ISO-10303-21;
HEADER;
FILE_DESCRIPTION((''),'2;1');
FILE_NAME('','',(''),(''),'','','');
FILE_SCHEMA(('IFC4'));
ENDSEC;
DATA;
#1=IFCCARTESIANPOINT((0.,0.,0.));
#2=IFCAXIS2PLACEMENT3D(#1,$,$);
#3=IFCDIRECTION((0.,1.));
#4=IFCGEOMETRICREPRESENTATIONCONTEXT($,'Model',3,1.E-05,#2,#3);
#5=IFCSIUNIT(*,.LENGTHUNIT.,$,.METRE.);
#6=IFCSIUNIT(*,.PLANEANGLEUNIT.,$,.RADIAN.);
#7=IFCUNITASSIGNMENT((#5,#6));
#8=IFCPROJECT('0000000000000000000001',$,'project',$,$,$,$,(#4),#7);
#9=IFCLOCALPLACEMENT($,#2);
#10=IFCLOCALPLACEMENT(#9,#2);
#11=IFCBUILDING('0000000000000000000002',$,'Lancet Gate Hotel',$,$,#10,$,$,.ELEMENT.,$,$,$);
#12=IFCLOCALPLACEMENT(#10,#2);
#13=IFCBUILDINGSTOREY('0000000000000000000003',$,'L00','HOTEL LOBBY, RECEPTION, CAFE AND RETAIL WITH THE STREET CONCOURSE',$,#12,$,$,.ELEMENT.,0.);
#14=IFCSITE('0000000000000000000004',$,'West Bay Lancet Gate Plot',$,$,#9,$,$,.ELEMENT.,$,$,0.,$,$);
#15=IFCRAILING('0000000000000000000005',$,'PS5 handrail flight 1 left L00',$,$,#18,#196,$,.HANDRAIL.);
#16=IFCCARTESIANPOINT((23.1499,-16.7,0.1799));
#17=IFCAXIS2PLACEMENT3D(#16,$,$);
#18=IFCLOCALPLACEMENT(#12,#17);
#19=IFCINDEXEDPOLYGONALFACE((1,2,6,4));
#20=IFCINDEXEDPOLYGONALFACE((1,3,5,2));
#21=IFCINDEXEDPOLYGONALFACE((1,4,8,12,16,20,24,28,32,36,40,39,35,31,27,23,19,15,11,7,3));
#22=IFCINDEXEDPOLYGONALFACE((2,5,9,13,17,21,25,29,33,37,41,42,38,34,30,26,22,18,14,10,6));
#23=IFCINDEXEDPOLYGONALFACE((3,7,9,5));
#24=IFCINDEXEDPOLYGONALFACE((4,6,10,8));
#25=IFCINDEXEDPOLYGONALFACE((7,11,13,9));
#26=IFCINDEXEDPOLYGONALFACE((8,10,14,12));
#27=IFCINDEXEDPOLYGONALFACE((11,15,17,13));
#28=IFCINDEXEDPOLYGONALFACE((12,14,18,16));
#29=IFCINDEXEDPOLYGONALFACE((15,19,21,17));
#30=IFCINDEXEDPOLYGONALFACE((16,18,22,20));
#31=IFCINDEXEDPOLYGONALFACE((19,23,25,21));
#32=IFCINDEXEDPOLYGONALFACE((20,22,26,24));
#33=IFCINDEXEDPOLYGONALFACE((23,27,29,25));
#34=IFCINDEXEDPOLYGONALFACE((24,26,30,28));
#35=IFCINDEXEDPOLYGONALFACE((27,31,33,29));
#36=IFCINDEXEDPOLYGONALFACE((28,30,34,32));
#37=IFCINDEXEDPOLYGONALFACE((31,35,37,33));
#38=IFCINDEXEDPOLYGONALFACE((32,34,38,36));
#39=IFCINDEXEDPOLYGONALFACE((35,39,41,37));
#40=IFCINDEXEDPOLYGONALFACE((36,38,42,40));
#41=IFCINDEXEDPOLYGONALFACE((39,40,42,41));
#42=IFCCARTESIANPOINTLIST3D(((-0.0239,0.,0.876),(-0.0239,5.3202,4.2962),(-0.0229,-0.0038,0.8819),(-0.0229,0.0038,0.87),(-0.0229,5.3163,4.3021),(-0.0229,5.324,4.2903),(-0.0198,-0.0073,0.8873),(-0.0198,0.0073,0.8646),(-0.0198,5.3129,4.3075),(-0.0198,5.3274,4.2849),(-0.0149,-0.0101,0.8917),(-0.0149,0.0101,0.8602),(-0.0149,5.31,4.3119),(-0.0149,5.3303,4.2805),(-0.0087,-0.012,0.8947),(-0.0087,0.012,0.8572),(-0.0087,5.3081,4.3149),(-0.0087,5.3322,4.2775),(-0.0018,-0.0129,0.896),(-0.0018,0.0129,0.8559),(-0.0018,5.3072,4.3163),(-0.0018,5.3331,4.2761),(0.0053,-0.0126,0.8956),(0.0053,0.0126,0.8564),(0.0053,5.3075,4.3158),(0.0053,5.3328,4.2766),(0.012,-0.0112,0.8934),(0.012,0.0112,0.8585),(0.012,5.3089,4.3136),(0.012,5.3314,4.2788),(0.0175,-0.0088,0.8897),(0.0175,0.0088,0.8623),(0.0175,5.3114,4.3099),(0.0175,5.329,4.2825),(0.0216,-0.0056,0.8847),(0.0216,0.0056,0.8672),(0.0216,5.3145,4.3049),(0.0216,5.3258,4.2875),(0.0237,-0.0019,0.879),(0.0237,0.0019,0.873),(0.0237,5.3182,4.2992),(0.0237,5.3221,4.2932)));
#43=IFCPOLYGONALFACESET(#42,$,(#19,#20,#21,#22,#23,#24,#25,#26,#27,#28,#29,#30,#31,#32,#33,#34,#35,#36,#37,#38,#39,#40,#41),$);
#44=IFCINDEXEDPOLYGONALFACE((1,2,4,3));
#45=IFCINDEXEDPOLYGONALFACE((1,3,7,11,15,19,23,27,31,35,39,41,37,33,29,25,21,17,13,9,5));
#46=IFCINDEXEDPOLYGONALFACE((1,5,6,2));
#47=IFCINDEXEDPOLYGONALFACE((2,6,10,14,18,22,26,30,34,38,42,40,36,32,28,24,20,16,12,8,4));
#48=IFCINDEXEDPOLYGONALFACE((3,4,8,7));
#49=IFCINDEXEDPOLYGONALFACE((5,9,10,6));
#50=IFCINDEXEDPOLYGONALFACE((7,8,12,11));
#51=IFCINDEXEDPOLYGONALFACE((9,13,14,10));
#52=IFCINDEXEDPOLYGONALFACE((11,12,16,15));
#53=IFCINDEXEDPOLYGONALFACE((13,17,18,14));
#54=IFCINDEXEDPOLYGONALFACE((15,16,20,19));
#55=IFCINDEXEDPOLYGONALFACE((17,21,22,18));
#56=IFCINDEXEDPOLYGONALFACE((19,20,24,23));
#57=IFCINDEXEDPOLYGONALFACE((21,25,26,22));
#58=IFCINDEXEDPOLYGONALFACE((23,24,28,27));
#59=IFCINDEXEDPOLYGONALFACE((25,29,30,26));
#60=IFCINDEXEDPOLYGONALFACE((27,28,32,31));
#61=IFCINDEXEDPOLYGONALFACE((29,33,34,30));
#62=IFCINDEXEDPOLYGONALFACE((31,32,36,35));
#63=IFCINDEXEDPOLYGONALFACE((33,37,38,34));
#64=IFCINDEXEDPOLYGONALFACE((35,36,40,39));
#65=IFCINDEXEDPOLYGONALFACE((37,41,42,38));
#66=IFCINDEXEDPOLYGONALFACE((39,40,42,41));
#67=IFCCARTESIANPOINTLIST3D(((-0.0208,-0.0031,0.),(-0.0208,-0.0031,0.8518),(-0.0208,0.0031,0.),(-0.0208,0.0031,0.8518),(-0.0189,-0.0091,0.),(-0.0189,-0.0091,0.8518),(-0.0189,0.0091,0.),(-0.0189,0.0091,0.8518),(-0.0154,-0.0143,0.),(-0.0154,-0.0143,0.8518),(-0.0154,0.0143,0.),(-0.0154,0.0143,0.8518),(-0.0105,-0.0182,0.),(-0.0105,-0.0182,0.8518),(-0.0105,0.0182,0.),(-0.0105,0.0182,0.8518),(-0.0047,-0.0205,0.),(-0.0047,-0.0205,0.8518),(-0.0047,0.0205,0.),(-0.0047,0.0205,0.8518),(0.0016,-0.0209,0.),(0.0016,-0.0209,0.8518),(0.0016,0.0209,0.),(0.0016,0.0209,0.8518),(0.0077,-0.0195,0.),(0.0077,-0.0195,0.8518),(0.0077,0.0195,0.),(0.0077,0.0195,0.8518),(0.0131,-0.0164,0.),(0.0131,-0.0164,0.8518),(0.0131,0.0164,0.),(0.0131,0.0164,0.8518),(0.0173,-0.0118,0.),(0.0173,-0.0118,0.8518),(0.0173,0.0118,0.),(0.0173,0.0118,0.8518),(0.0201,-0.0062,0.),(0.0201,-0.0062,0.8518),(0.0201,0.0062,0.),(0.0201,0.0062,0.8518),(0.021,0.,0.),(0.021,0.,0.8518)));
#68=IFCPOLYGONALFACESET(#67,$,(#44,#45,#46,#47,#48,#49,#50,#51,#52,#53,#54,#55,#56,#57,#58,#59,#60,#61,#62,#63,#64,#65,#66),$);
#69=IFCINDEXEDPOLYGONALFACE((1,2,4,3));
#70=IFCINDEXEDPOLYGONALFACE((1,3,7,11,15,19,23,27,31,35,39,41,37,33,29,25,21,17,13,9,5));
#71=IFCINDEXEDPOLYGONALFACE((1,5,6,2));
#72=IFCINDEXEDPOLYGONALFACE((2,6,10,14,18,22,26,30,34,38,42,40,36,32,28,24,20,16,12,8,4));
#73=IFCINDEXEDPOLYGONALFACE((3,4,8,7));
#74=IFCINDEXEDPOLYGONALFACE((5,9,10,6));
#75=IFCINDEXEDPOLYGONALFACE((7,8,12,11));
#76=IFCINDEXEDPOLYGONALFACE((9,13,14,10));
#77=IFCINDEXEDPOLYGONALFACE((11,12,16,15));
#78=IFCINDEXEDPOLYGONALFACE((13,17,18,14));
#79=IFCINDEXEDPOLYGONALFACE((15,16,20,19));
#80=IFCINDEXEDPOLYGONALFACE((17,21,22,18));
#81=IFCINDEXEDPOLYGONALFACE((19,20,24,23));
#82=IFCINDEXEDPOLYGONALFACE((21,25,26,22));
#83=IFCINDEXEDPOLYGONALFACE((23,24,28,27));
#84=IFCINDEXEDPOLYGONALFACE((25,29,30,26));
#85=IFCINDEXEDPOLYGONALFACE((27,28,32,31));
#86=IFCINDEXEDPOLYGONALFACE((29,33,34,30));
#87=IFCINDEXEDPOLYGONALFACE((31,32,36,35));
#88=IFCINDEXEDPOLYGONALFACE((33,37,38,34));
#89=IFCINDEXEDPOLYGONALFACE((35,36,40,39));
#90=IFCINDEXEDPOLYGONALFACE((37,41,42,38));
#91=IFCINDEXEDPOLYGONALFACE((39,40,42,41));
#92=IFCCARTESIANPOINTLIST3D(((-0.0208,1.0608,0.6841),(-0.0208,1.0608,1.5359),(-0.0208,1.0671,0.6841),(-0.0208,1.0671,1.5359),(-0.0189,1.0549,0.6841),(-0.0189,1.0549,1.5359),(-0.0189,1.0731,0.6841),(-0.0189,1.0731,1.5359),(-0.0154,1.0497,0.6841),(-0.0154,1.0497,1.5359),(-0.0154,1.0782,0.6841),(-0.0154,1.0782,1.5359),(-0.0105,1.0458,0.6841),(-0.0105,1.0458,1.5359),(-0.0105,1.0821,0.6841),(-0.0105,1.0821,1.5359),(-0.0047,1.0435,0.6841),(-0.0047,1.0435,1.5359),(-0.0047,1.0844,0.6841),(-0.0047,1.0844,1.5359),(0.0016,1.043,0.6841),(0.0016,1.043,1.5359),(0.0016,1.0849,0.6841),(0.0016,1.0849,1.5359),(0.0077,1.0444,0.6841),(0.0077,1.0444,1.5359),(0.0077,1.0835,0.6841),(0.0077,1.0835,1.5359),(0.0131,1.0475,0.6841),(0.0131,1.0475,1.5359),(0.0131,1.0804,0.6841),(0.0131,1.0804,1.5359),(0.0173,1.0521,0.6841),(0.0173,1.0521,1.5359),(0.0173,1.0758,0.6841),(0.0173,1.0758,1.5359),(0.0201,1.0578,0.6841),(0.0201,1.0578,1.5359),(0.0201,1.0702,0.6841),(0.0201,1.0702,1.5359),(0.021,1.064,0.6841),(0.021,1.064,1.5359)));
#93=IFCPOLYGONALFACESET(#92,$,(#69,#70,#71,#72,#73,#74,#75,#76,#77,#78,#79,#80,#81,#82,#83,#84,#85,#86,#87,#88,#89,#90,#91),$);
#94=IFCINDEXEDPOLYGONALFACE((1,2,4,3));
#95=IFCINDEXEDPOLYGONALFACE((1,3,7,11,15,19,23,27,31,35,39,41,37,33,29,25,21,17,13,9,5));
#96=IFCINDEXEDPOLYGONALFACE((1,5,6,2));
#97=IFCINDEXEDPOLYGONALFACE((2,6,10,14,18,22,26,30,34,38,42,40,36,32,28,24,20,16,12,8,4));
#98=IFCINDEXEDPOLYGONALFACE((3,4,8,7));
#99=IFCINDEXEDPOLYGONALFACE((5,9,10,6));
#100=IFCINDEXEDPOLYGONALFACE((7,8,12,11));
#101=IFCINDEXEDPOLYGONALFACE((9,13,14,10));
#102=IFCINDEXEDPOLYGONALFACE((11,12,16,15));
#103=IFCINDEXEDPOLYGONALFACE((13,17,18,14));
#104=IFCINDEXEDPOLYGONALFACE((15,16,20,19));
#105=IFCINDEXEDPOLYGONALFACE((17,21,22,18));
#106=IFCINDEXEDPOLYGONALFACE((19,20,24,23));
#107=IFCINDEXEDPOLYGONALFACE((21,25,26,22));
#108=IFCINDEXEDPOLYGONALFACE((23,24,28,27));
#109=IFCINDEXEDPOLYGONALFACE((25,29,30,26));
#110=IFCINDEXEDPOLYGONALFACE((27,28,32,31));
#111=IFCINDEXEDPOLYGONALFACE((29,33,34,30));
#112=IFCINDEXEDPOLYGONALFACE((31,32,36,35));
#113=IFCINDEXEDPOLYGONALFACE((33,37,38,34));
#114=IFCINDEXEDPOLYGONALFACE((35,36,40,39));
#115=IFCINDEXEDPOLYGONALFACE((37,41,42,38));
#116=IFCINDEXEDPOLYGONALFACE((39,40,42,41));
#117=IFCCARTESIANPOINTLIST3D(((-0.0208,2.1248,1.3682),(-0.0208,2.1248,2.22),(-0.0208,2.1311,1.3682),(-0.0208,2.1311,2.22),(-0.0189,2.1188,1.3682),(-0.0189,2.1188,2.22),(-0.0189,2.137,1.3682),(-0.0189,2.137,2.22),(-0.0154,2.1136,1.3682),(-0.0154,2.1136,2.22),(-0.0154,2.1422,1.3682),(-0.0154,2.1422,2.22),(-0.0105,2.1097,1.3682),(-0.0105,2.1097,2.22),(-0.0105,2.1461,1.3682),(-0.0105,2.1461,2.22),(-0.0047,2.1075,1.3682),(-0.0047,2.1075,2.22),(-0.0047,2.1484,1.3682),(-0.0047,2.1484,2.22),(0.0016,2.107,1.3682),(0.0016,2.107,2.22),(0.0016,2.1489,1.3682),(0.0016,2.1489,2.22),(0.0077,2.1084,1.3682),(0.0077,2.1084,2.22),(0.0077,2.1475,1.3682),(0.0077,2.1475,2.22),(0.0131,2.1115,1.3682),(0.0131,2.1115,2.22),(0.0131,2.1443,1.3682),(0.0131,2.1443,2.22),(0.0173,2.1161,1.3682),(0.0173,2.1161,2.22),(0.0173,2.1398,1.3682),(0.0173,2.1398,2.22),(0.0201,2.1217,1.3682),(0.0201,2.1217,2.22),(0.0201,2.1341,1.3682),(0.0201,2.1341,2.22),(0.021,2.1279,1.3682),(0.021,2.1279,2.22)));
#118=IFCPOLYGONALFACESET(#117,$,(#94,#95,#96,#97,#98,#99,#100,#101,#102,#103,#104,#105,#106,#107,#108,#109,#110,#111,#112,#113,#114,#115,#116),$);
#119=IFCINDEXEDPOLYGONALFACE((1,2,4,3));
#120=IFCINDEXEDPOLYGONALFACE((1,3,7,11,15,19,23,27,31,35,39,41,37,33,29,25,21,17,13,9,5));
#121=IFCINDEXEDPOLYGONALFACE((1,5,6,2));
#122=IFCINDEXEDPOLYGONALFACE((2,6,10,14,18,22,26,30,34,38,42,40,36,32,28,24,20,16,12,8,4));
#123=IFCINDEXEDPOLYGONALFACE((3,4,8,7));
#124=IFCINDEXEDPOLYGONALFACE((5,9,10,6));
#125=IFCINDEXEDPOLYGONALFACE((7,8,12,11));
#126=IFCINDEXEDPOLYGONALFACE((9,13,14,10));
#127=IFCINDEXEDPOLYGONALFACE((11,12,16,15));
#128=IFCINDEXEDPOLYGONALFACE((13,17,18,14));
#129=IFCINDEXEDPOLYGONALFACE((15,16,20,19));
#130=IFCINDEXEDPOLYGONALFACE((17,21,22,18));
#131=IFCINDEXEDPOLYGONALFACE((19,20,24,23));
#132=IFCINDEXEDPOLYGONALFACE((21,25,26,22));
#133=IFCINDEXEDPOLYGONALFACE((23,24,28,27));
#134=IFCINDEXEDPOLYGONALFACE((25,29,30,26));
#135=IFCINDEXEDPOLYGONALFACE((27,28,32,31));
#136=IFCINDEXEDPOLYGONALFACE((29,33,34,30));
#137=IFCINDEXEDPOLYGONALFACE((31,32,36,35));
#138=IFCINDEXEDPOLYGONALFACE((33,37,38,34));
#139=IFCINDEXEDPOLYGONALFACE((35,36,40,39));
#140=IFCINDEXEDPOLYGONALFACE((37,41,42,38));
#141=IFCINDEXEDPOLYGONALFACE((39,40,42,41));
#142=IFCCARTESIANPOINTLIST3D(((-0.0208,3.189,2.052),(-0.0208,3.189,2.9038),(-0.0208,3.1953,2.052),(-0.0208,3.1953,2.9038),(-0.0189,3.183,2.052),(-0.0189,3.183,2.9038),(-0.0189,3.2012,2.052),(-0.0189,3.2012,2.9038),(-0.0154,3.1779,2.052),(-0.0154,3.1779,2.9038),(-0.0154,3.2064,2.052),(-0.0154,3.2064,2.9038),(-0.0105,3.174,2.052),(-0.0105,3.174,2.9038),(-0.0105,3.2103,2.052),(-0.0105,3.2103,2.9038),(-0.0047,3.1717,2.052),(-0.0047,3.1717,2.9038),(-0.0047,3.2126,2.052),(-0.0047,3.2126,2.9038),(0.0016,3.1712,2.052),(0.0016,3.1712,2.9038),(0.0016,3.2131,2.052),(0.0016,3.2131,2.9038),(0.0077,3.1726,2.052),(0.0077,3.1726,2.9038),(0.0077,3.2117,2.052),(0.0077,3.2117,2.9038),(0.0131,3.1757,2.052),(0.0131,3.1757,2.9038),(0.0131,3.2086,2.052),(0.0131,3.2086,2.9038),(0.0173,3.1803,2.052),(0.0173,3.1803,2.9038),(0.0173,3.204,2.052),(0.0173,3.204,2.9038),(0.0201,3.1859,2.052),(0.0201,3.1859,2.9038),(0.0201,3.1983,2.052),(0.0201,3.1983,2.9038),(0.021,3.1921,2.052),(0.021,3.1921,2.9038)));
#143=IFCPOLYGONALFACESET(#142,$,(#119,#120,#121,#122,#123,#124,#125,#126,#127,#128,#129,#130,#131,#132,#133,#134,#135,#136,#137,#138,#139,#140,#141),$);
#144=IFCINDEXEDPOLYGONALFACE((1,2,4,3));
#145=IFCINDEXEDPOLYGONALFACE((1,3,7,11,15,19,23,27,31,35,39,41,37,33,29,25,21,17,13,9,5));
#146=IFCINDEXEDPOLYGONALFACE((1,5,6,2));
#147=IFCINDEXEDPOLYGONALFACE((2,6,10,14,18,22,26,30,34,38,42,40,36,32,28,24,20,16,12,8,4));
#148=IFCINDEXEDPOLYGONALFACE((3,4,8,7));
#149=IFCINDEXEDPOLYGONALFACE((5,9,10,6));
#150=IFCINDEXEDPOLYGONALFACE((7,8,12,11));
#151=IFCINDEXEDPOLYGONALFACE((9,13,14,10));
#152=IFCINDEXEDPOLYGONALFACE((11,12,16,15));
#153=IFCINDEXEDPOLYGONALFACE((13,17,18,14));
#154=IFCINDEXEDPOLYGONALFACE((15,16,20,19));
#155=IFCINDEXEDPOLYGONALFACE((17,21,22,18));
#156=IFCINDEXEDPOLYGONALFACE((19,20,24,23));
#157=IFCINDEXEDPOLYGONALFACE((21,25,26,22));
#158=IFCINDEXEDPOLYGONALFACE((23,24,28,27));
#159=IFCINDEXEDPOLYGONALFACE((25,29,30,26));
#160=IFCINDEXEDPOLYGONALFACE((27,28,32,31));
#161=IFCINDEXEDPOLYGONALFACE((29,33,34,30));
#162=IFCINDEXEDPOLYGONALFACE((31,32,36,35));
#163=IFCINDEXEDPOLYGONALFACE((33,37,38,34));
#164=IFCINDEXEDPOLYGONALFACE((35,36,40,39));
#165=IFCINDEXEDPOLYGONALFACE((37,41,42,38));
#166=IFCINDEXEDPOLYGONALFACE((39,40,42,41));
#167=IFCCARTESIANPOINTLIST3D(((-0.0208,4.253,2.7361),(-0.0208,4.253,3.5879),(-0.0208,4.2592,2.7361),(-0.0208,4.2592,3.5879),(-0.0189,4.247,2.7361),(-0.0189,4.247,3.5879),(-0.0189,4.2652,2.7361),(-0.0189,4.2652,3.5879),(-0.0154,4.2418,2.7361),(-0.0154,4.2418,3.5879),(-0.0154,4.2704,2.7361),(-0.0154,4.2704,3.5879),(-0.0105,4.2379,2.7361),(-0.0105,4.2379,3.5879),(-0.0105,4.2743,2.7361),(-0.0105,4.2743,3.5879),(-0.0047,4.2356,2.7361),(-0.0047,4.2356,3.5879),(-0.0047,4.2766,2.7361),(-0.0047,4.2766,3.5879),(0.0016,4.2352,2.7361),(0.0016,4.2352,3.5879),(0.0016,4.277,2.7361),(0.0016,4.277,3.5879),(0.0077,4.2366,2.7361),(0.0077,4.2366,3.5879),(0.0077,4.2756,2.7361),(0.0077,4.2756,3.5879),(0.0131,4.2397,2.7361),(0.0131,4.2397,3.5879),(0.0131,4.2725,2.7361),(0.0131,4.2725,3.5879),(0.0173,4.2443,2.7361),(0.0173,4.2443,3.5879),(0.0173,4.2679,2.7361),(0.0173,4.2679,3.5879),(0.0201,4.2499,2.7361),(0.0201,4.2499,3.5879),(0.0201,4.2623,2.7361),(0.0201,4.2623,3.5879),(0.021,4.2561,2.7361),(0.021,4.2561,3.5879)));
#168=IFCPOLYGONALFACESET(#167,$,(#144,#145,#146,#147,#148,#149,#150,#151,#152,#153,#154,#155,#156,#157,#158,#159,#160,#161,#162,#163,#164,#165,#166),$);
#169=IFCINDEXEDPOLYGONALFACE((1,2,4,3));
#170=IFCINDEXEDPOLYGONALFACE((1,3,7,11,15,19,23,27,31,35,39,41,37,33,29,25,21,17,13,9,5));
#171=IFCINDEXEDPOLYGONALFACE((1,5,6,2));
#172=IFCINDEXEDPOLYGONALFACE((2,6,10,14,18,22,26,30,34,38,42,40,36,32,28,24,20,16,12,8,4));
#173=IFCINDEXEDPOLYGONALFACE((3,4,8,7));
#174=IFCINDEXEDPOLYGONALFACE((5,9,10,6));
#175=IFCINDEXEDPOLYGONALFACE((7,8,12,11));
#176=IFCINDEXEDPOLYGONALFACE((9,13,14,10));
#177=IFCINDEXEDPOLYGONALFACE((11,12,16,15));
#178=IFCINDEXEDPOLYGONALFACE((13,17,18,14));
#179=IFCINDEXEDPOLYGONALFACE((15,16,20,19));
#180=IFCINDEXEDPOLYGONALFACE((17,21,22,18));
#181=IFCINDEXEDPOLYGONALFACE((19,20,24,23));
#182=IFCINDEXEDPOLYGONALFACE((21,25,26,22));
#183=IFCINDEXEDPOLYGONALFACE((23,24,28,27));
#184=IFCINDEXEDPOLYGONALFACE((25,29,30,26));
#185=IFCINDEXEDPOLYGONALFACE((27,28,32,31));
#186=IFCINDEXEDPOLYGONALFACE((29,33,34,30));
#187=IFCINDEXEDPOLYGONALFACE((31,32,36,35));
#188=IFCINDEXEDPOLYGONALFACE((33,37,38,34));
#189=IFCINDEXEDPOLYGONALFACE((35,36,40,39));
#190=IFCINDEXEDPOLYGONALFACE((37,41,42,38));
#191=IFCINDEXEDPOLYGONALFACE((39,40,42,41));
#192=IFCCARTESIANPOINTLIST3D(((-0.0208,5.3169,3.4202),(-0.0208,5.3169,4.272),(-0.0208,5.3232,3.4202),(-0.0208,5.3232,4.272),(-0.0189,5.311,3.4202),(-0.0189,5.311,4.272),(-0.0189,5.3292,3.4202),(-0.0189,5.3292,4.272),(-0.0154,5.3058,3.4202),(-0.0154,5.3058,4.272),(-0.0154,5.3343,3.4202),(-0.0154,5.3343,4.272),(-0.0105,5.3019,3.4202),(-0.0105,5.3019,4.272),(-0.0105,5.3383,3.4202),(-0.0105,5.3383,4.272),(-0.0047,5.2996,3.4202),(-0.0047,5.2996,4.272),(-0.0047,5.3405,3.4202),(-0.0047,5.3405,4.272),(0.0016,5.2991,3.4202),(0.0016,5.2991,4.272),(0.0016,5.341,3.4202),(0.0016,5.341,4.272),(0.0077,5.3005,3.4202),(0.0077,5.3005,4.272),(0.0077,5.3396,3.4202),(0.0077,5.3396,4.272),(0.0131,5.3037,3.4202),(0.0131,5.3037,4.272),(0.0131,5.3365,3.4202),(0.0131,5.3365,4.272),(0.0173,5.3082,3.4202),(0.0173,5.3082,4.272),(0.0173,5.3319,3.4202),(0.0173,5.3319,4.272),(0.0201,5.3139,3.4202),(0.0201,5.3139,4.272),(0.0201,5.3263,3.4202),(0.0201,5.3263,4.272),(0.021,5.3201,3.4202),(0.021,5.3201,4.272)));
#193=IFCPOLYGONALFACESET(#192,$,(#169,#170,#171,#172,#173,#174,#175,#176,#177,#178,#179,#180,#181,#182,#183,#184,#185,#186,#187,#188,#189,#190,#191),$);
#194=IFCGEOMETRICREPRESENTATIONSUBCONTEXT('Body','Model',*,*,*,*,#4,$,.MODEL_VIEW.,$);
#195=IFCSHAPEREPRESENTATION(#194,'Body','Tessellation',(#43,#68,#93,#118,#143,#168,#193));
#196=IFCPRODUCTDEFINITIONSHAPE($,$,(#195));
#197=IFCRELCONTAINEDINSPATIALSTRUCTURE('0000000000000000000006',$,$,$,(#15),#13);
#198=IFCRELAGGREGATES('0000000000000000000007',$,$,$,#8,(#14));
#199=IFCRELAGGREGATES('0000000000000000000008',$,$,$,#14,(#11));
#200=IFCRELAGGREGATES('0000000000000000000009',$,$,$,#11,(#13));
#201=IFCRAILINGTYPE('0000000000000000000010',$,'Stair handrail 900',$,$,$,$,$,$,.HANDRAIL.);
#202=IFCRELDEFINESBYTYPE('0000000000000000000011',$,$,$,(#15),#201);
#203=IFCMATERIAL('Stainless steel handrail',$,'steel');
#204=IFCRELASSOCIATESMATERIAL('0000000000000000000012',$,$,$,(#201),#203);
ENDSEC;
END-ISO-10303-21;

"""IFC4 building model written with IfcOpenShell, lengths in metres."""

from ifc_helpers import new_model, si_unit, direction, frame, origin, origin_2d, place, context, subcontext, project, spatial, circle, extrude, material, type_object, element, save


model = new_model("IFC4")

# Units and contexts
model_context = context("Model", 3, precision=1e-05, world=origin(), true_north=direction((0.0, 1.0)))
body_context = subcontext(model_context, "Body", "Model", "MODEL_VIEW")
ifc_project = project(units=[si_unit("LENGTHUNIT", "METRE"), si_unit("PLANEANGLEUNIT", "RADIAN")], contexts=[model_context])

# Site, building, storey
site_placement = place(None, origin())
site = spatial("IfcSite", under=ifc_project, at=site_placement, Name="West Bay Lancet Gate Plot", CompositionType="ELEMENT", RefElevation=0.0)
building_placement = place(site_placement, origin())
building = spatial("IfcBuilding", under=site, at=building_placement, Name="Lancet Gate Hotel", CompositionType="ELEMENT")
storey_placement = place(building_placement, origin())
storey = spatial("IfcBuildingStorey", under=building, at=storey_placement, Name="L00", Description="HOTEL LOBBY, RECEPTION, CAFE AND RETAIL WITH THE STREET CONCOURSE", CompositionType="ELEMENT", Elevation=0.0)

# Railing
ifc_material_1 = material(Name="Stainless steel handrail", Category="steel")
railing_type_1 = type_object("IfcRailingType", Name="Stair handrail 900", PredefinedType="HANDRAIL", material=ifc_material_1)
for number, where, name in (
    (1, (23.1499, -16.7, 0.1799), "PS5 handrail flight 1 left L00"),
):
    element("IfcRailing", number, at=place(storey_placement, frame(where)), inside=storey, type_object=railing_type_1, Name=name, PredefinedType="HANDRAIL", context=body_context, shape_type="SweptSolid", body=[
        extrude(circle(Radius=0.0239, at=origin_2d()), frame((0.0, 0.0, 0.876), z_axis=(0.0, 0.84117, 0.540771), x_axis=(-1.0, 0.0, 0.0)), (0.0, 0.0, 1.0), 6.3247),
        extrude(circle(Radius=0.021, at=origin_2d()), origin(), (0.0, 0.0, 1.0), 0.8518),
        extrude(circle(Radius=0.021, at=origin_2d()), frame((0.0, 1.064, 0.6841)), (0.0, 0.0, 1.0), 0.8518),
        extrude(circle(Radius=0.021, at=origin_2d()), frame((0.0, 2.1279, 1.3682)), (0.0, 0.0, 1.0), 0.8518),
        extrude(circle(Radius=0.021, at=origin_2d()), frame((0.0, 3.1921, 2.052)), (0.0, 0.0, 1.0), 0.8518),
        extrude(circle(Radius=0.021, at=origin_2d()), frame((0.0, 4.2561, 2.7361)), (0.0, 0.0, 1.0), 0.8518),
        extrude(circle(Radius=0.021, at=origin_2d()), frame((0.0, 5.3201, 3.4202)), (0.0, 0.0, 1.0), 0.8518),
    ])

save(model, "model.ifc")
